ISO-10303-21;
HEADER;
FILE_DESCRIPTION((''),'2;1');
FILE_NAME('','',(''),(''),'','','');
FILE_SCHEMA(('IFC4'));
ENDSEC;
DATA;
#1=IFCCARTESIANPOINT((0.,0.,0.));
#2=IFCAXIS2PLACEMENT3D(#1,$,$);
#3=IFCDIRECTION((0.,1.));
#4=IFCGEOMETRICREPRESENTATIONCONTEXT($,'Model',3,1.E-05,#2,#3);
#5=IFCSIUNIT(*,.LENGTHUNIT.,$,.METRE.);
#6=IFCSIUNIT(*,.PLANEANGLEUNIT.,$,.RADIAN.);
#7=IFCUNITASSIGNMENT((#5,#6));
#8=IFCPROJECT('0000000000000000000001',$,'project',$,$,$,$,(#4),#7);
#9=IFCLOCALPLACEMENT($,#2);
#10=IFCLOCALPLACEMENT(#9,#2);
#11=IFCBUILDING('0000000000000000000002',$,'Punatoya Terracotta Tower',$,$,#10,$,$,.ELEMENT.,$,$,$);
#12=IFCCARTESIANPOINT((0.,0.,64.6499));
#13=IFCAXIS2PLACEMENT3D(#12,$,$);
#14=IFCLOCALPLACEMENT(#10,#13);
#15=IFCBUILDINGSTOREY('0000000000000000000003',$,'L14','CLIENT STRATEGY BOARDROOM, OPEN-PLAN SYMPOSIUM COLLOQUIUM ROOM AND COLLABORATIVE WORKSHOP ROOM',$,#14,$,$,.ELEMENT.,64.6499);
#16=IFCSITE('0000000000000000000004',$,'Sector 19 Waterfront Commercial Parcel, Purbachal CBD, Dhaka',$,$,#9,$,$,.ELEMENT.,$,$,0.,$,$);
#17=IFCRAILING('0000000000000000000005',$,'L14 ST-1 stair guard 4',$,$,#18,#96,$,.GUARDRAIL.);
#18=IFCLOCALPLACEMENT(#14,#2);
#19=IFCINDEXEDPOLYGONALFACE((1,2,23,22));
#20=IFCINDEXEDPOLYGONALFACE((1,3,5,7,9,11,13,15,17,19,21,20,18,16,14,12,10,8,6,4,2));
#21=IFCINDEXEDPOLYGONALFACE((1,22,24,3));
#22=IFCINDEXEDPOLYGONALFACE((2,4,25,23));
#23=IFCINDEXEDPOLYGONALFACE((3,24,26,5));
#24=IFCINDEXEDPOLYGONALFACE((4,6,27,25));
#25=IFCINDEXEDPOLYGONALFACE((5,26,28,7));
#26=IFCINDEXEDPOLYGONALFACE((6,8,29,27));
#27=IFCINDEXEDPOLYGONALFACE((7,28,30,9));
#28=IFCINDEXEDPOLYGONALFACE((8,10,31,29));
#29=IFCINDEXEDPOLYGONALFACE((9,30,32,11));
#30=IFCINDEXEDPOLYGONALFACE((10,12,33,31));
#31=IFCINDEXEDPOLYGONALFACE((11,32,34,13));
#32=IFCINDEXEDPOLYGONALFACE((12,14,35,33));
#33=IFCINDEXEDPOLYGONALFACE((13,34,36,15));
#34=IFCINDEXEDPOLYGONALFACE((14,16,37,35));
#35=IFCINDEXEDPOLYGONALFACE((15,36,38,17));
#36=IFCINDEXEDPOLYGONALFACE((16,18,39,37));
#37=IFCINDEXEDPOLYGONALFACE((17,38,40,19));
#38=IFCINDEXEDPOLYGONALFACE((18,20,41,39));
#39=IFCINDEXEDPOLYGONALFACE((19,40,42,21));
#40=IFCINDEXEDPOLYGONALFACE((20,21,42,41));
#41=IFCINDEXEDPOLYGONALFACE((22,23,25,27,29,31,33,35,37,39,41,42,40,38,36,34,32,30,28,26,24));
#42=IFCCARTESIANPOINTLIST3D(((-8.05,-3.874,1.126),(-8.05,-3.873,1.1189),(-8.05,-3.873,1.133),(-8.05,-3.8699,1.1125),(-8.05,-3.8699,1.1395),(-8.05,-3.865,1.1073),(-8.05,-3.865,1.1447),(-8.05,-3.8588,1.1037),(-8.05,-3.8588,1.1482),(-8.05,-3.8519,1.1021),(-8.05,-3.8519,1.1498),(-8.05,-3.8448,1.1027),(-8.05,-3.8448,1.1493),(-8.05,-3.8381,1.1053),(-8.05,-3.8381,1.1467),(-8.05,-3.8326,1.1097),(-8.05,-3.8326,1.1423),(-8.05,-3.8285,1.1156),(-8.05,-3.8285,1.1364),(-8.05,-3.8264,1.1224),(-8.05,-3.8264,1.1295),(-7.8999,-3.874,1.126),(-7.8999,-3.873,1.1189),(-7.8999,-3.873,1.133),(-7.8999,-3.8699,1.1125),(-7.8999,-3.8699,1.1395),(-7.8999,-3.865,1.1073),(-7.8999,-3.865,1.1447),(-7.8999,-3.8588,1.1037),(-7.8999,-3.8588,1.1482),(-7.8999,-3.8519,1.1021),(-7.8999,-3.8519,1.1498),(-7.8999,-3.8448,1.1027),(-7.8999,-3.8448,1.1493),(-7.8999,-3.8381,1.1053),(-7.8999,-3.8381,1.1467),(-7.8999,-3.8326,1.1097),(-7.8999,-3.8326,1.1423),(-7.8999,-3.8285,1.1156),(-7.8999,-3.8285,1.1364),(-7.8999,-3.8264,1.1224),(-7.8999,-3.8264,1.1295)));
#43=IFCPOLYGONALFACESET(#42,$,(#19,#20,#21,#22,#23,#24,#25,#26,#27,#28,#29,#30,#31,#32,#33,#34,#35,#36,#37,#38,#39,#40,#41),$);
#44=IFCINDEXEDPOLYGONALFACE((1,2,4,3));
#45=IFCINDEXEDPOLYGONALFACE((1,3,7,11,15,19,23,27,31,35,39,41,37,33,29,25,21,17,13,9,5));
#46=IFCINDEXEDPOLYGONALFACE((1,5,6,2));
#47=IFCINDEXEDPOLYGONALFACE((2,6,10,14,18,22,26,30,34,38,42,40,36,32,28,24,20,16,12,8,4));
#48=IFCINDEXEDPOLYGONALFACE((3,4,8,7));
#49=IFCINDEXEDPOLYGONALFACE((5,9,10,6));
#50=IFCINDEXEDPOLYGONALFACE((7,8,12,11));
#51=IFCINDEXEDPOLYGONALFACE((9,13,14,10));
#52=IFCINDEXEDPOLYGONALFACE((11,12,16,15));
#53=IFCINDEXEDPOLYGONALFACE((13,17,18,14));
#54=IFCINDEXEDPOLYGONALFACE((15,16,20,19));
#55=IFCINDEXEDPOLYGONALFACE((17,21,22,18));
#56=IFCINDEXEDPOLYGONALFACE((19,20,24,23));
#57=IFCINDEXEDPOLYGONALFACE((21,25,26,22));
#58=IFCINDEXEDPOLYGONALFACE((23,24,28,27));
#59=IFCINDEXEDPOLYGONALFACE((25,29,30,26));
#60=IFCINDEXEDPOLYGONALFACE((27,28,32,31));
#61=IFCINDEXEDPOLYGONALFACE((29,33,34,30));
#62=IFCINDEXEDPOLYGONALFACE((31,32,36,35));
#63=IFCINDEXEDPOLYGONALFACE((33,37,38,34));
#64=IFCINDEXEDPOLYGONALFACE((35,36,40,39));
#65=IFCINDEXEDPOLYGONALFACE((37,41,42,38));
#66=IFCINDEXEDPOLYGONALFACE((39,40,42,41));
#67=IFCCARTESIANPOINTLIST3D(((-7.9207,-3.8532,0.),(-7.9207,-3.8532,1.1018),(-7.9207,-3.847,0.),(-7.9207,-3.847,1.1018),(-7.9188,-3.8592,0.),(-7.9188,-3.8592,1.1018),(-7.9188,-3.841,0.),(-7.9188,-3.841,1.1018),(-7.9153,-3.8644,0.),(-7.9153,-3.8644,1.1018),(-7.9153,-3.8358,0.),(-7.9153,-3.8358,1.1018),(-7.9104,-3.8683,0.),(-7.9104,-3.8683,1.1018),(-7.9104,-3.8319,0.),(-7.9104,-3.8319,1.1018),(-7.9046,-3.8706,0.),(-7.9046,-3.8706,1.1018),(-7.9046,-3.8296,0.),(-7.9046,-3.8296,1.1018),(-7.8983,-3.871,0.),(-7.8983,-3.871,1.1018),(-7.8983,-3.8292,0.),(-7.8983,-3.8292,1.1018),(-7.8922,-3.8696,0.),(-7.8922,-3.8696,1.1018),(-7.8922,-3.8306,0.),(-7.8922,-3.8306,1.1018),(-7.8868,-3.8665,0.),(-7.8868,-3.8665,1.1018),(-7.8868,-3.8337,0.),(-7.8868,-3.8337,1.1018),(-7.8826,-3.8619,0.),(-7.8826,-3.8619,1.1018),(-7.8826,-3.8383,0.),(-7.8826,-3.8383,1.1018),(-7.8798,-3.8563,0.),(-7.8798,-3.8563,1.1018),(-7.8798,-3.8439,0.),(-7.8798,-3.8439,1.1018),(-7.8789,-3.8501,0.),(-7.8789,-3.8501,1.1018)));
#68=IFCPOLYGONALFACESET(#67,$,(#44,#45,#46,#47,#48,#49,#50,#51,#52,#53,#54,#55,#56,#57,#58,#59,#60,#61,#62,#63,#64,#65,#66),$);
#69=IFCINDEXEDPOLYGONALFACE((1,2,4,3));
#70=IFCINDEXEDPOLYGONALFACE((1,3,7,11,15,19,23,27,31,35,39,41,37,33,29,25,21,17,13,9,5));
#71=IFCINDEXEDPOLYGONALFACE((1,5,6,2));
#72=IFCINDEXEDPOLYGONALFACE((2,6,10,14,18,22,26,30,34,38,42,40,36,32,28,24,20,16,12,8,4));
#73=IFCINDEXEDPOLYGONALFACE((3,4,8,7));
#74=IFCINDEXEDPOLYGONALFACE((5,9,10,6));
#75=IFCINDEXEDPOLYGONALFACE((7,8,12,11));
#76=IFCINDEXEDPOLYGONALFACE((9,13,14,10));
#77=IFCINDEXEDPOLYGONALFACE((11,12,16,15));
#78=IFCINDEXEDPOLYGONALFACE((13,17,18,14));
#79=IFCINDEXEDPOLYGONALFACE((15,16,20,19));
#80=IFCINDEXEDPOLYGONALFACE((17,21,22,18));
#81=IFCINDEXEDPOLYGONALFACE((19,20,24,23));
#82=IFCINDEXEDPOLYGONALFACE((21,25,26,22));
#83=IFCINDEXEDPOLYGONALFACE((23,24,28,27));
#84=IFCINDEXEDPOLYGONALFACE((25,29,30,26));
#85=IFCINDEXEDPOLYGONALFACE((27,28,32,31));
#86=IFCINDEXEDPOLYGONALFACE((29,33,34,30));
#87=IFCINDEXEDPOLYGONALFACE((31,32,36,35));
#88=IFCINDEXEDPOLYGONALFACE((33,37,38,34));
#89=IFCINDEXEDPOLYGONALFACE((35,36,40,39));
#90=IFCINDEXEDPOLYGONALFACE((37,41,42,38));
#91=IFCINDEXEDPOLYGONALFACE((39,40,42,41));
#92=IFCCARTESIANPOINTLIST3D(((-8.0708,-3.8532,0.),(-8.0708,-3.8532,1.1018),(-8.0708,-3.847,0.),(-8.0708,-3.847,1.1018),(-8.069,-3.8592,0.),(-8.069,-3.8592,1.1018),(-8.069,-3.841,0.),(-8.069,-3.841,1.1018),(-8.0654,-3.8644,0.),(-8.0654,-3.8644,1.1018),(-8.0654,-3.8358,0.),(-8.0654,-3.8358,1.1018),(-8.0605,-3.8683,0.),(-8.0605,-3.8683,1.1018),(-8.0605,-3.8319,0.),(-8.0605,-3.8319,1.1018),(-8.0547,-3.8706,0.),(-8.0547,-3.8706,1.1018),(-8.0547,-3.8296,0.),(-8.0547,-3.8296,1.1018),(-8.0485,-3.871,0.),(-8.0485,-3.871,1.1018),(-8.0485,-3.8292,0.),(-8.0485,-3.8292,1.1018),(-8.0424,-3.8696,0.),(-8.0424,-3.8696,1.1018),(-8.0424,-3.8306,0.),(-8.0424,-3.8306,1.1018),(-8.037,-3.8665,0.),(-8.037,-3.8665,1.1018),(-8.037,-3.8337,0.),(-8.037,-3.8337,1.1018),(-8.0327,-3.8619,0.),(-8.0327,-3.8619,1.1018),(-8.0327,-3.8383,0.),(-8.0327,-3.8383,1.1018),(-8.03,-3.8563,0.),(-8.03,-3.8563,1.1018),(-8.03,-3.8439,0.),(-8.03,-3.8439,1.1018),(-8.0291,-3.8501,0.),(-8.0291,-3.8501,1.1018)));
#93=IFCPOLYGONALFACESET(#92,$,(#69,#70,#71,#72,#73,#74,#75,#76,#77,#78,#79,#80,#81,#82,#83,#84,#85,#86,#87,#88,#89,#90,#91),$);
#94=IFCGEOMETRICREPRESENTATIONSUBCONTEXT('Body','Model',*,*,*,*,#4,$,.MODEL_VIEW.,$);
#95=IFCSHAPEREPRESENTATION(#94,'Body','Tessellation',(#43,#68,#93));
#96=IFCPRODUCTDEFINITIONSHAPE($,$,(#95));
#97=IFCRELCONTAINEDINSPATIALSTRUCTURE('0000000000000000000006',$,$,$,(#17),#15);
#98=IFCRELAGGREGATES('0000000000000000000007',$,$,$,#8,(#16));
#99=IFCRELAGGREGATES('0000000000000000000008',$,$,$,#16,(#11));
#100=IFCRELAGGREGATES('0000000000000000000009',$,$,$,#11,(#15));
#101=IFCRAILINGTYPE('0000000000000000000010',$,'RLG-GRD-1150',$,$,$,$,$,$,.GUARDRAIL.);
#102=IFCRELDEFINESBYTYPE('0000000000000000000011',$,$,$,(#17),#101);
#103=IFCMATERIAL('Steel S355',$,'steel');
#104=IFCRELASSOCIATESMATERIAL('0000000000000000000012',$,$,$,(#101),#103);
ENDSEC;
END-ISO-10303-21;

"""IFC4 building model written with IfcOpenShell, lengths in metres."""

from ifc_helpers import new_model, si_unit, direction, frame, origin, origin_2d, place, context, subcontext, project, spatial, circle, extrude, material, type_object, element, save


model = new_model("IFC4")

# Units and contexts
model_context = context("Model", 3, precision=1e-05, world=origin(), true_north=direction((0.0, 1.0)))
body_context = subcontext(model_context, "Body", "Model", "MODEL_VIEW")
ifc_project = project(units=[si_unit("LENGTHUNIT", "METRE"), si_unit("PLANEANGLEUNIT", "RADIAN")], contexts=[model_context])

# Site, building, storey
site_placement = place(None, origin())
site = spatial("IfcSite", under=ifc_project, at=site_placement, Name="Sector 19 Waterfront Commercial Parcel, Purbachal CBD, Dhaka", CompositionType="ELEMENT", RefElevation=0.0)
building_placement = place(site_placement, origin())
building = spatial("IfcBuilding", under=site, at=building_placement, Name="Punatoya Terracotta Tower", CompositionType="ELEMENT")
storey_placement = place(building_placement, frame((0.0, 0.0, 64.6499)))
storey = spatial("IfcBuildingStorey", under=building, at=storey_placement, Name="L14", Description="CLIENT STRATEGY BOARDROOM, OPEN-PLAN SYMPOSIUM COLLOQUIUM ROOM AND COLLABORATIVE WORKSHOP ROOM", CompositionType="ELEMENT", Elevation=64.6499)

# Railing
ifc_material_1 = material(Name="Steel S355", Category="steel")
railing_type_1 = type_object("IfcRailingType", Name="RLG-GRD-1150", PredefinedType="GUARDRAIL", material=ifc_material_1)
railing_1_placement = place(storey_placement, frame((-7.8999, -3.8501, 0.0)))
element("IfcRailing", 1, at=railing_1_placement, inside=storey, type_object=railing_type_1, Name="L14 ST-1 stair guard 4", PredefinedType="GUARDRAIL", context=body_context, shape_type="SweptSolid", body=[
    extrude(circle(Radius=0.0239, at=origin_2d()), frame((0.0, 0.0, 1.126), z_axis=(-1.0, 0.0, 0.0), x_axis=(0.0, -1.0, 0.0)), (0.0, 0.0, 1.0), 0.1501),
    extrude(circle(Radius=0.021, at=origin_2d()), origin(), (0.0, 0.0, 1.0), 1.1018),
    extrude(circle(Radius=0.021, at=origin_2d()), frame((-0.1501, 0.0, 0.0)), (0.0, 0.0, 1.0), 1.1018),
])

save(model, "model.ifc")
